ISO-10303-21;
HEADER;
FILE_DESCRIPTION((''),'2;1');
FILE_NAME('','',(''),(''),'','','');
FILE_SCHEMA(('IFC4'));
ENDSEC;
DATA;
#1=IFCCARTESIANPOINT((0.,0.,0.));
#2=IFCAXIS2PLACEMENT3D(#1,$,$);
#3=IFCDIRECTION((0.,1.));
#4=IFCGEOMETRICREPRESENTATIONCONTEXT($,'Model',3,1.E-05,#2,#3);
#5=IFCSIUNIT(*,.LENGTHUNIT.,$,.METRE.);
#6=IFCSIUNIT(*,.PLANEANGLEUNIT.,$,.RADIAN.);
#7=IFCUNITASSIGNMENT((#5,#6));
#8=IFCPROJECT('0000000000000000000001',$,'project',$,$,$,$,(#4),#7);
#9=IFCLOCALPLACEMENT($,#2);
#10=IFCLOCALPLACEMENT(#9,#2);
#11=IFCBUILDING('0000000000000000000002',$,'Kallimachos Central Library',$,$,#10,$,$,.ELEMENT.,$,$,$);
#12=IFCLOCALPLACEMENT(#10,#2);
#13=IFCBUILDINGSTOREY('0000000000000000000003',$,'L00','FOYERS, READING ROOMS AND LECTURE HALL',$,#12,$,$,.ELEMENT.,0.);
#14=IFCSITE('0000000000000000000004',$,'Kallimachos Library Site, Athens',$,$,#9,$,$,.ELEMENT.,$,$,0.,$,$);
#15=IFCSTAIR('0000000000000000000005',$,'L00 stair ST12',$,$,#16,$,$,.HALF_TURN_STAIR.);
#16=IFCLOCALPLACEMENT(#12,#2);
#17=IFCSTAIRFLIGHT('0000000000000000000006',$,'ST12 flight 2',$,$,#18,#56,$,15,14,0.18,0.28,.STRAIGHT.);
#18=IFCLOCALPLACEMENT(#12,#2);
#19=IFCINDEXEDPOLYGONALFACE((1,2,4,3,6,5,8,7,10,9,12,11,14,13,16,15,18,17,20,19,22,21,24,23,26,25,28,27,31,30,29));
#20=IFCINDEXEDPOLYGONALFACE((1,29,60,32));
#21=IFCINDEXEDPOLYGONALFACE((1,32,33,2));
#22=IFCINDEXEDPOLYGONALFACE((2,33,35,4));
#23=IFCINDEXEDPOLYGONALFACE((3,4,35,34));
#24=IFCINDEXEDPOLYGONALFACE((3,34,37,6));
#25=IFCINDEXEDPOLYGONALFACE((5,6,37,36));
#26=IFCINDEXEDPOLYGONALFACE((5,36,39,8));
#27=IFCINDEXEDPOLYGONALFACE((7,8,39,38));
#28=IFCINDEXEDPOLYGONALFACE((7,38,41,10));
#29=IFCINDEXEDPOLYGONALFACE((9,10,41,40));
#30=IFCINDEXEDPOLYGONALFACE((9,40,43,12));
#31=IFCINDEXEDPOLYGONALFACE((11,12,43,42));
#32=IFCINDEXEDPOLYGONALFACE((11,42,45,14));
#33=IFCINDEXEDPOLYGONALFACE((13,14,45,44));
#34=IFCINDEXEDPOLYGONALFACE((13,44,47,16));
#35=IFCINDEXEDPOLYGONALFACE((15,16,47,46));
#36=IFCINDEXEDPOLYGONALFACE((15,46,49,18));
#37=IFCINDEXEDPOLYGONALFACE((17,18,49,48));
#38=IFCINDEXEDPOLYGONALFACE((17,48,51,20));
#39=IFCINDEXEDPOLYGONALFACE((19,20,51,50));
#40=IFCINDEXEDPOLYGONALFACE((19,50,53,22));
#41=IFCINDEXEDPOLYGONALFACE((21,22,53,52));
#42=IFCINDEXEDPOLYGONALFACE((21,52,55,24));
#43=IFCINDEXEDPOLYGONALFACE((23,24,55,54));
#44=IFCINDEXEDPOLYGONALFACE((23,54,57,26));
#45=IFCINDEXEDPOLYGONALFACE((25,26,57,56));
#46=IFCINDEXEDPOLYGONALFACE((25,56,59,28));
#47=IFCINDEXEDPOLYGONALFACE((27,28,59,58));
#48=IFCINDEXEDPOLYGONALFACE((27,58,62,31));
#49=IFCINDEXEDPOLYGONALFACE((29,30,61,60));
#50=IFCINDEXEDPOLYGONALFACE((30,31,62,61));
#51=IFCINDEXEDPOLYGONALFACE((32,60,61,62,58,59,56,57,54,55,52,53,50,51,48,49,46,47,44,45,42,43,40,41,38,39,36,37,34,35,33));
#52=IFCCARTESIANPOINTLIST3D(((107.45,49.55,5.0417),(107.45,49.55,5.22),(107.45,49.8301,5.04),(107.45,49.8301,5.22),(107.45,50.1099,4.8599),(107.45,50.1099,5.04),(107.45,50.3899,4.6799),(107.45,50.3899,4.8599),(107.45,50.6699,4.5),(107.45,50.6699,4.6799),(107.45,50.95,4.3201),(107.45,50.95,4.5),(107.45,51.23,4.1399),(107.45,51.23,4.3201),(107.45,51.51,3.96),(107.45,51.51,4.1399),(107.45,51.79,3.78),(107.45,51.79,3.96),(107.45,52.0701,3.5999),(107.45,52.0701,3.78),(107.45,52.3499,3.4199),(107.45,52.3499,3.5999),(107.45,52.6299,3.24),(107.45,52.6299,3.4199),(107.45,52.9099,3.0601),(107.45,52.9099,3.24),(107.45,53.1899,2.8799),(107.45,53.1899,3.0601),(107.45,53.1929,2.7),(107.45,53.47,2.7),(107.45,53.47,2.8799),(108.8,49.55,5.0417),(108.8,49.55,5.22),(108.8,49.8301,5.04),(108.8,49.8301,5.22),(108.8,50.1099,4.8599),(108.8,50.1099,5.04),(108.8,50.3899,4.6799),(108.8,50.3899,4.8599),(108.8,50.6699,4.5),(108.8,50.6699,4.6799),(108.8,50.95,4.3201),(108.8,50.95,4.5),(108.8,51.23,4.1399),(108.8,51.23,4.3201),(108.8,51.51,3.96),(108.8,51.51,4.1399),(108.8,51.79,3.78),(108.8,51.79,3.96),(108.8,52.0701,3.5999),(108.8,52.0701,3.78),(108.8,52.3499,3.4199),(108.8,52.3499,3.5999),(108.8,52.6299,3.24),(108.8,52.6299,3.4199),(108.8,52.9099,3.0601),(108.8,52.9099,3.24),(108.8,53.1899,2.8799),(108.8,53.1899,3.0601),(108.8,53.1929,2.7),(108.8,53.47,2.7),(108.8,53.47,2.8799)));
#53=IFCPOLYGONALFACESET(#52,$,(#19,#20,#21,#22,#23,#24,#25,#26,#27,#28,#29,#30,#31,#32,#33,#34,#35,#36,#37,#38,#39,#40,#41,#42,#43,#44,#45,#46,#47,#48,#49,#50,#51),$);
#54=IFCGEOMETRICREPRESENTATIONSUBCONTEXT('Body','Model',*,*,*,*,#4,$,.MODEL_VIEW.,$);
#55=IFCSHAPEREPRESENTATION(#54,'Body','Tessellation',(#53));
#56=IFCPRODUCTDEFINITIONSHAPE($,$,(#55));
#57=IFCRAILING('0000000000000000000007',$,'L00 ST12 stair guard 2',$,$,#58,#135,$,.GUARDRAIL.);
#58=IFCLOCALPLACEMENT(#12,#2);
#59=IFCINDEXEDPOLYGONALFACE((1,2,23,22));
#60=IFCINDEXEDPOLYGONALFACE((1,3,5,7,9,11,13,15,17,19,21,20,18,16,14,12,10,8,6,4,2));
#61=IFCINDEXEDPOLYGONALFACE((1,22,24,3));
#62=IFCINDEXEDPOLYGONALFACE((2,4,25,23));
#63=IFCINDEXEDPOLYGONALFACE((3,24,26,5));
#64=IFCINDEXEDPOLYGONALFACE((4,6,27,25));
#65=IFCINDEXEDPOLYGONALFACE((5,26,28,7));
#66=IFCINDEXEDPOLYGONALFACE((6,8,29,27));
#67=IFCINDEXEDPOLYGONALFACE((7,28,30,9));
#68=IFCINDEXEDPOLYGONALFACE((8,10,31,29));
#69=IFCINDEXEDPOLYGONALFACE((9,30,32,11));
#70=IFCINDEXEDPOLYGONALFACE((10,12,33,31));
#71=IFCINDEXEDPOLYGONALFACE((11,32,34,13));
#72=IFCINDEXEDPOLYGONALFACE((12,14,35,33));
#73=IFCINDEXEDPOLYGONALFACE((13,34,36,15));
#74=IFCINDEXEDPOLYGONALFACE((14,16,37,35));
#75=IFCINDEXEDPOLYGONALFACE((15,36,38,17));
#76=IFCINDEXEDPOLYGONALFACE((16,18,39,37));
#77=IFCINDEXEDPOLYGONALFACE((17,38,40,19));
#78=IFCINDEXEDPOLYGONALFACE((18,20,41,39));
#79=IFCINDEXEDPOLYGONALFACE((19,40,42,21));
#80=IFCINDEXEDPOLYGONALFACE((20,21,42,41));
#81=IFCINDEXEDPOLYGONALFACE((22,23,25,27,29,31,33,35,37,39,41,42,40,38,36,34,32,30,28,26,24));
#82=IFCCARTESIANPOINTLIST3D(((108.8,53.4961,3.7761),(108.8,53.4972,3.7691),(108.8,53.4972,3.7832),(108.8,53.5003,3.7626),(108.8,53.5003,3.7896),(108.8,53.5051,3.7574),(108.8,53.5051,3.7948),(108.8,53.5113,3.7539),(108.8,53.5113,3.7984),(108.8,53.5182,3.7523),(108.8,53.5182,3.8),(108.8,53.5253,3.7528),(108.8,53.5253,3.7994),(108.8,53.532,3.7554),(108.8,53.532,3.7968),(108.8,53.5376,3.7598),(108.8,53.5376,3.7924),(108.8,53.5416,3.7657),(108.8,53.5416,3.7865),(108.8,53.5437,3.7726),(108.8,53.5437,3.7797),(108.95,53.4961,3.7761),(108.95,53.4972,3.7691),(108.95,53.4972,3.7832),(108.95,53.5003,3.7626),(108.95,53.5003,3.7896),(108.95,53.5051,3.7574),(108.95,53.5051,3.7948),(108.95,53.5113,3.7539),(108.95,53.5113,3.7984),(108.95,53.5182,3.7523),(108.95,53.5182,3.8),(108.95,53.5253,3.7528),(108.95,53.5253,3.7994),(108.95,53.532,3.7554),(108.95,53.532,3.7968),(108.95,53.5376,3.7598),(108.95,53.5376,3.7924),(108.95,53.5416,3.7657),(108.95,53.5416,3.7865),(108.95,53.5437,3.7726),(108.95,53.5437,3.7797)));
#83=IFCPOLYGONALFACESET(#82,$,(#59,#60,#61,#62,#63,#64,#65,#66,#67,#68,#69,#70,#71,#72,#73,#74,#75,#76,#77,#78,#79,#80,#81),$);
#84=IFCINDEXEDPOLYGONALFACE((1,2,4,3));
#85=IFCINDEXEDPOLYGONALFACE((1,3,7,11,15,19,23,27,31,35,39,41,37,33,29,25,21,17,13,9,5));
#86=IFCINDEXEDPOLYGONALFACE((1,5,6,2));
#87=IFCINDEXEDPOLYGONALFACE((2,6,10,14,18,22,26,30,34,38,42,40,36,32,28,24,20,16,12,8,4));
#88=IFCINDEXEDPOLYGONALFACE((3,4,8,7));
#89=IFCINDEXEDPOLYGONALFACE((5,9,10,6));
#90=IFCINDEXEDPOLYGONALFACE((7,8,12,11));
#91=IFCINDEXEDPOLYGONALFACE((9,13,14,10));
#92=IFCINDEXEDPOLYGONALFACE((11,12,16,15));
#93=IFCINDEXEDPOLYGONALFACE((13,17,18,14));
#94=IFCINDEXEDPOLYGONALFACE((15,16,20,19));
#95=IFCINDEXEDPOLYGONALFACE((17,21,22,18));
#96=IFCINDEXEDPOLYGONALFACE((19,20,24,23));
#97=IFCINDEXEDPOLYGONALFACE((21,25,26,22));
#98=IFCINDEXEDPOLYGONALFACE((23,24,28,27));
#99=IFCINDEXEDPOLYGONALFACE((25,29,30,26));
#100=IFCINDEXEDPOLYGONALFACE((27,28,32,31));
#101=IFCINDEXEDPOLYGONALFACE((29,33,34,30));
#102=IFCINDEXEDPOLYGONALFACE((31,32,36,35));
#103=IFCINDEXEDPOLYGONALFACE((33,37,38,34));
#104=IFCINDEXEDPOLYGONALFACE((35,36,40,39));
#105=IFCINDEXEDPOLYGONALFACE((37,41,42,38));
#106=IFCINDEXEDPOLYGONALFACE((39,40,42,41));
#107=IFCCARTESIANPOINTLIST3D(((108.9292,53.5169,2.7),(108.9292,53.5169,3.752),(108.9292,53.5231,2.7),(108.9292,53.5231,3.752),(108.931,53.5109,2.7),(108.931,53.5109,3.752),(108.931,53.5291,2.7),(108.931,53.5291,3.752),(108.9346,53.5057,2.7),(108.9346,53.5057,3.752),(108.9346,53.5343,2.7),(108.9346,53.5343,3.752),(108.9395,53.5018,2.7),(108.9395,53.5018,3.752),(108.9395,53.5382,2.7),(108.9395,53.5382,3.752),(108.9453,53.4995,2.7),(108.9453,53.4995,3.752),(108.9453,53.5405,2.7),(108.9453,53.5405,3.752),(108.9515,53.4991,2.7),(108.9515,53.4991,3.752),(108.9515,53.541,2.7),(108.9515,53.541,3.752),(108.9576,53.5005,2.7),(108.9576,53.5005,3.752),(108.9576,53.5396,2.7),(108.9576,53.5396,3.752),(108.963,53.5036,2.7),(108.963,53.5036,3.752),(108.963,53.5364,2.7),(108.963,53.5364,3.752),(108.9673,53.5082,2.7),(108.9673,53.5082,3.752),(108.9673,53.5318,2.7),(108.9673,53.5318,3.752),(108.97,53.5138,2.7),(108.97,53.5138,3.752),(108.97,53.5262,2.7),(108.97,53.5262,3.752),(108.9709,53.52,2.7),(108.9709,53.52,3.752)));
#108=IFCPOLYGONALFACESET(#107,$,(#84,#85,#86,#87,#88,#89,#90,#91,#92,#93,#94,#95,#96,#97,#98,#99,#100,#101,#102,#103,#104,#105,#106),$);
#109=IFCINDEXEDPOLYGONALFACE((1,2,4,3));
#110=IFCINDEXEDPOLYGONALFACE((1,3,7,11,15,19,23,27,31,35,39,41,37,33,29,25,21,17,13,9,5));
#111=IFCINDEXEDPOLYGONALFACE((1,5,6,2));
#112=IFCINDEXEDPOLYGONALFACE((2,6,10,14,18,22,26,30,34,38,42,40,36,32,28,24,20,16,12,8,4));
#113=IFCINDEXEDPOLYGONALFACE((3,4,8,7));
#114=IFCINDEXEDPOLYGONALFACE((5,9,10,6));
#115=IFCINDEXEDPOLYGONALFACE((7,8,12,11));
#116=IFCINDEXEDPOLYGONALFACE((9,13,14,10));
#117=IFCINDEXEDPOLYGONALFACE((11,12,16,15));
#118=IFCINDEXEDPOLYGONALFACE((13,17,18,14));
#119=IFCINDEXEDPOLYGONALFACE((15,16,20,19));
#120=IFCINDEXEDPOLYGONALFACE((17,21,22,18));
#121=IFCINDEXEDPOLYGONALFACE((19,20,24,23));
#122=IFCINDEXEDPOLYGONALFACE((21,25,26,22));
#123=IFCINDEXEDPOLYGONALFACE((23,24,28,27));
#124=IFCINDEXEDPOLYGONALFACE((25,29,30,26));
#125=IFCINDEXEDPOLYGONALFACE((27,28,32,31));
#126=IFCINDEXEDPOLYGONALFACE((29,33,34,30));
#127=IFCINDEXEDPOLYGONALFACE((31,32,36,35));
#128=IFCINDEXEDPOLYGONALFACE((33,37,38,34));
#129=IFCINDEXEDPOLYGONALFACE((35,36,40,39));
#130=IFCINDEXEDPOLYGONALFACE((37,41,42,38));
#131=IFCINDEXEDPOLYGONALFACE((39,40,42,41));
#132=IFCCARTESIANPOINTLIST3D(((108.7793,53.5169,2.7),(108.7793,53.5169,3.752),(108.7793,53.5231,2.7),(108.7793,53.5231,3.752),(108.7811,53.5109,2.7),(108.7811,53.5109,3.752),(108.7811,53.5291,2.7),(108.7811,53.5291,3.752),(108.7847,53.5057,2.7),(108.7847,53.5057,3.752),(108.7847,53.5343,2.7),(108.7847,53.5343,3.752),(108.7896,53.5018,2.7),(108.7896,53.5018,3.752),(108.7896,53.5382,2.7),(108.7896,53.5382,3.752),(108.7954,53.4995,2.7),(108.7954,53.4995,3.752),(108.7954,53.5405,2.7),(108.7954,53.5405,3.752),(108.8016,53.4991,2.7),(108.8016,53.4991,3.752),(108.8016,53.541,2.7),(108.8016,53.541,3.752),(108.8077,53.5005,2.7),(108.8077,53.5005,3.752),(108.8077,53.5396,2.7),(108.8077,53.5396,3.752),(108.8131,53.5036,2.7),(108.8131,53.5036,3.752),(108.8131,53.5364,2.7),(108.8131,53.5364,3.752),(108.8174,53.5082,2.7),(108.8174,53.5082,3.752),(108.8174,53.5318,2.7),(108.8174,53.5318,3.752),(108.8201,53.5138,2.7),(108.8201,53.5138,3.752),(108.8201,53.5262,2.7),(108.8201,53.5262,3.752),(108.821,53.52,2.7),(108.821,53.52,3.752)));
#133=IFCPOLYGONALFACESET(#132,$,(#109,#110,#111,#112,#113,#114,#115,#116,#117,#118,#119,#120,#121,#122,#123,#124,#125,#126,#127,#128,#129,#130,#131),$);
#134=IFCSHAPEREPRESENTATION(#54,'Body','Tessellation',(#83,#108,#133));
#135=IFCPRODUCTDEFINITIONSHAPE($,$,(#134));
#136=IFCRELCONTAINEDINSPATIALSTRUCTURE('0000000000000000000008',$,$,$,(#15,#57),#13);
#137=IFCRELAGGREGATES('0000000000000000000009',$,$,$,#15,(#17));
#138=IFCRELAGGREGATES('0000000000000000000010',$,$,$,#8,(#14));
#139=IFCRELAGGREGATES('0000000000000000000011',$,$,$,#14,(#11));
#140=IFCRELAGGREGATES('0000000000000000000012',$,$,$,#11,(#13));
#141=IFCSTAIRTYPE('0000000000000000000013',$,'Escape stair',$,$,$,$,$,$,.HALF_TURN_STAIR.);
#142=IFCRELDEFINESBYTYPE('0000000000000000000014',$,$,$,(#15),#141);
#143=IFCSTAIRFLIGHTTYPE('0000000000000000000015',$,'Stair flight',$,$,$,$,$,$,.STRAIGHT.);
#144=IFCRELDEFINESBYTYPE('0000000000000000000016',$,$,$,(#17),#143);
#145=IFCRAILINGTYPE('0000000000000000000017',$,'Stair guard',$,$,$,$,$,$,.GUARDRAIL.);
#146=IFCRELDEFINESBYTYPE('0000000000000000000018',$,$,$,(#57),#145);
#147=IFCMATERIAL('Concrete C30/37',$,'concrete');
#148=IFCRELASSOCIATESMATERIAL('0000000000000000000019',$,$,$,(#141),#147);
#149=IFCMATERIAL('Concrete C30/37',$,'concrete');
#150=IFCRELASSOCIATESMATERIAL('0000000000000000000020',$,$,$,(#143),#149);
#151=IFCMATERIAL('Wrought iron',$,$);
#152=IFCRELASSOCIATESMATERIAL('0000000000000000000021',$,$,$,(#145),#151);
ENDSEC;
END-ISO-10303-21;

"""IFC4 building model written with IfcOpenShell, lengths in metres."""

from ifc_helpers import new_model, si_unit, direction, frame, origin, origin_2d, place, context, subcontext, project, spatial, polyline, circle, outline, extrude, material, type_object, element, aggregate, save


model = new_model("IFC4")

# Units and contexts
model_context = context("Model", 3, precision=1e-05, world=origin(), true_north=direction((0.0, 1.0)))
body_context = subcontext(model_context, "Body", "Model", "MODEL_VIEW")
ifc_project = project(units=[si_unit("LENGTHUNIT", "METRE"), si_unit("PLANEANGLEUNIT", "RADIAN")], contexts=[model_context])

# Site, building, storey
site_placement = place(None, origin())
site = spatial("IfcSite", under=ifc_project, at=site_placement, Name="Kallimachos Library Site, Athens", CompositionType="ELEMENT", RefElevation=0.0)
building_placement = place(site_placement, origin())
building = spatial("IfcBuilding", under=site, at=building_placement, Name="Kallimachos Central Library", CompositionType="ELEMENT")
storey_placement = place(building_placement, origin())
storey = spatial("IfcBuildingStorey", under=building, at=storey_placement, Name="L00", Description="FOYERS, READING ROOMS AND LECTURE HALL", CompositionType="ELEMENT", Elevation=0.0)

# Stair, stair flight
ifc_material_1 = material(Name="Concrete C30/37", Category="concrete")
stair_type = type_object("IfcStairType", Name="Escape stair", PredefinedType="HALF_TURN_STAIR", material=ifc_material_1)
stair_placement = place(storey_placement, origin())
stair = element("IfcStair", 1, at=stair_placement, inside=storey, type_object=stair_type, Name="L00 stair ST12", PredefinedType="HALF_TURN_STAIR")
ifc_material_2 = material(Name="Concrete C30/37", Category="concrete")
stair_flight_type = type_object("IfcStairFlightType", Name="Stair flight", PredefinedType="STRAIGHT", material=ifc_material_2)
stair_flight_placement = place(storey_placement, frame((108.125, 53.47, 2.7), z_axis=(0.0, 0.0, 1.0), x_axis=(0.0, -1.0, 0.0)))
stair_flight = element("IfcStairFlight", 2, at=stair_flight_placement, type_object=stair_flight_type, Name="ST12 flight 2", NumberOfRisers=15, NumberOfTreads=14, PredefinedType="STRAIGHT", RiserHeight=0.18, TreadLength=0.28, context=body_context, shape_type="SweptSolid", body=[
    extrude(outline(polyline([(0.0, 0.0), (0.0, 0.1799), (0.28, 0.1799), (0.28, 0.3601), (0.5601, 0.3601), (0.5601, 0.54), (0.8401, 0.54), (0.8401, 0.72), (1.1201, 0.72), (1.1201, 0.8999), (1.3999, 0.8999), (1.3999, 1.0801), (1.6799, 1.0801), (1.6799, 1.26), (1.96, 1.26), (1.96, 1.4399), (2.24, 1.4399), (2.24, 1.6201), (2.52, 1.6201), (2.52, 1.8), (2.8, 1.8), (2.8, 1.98), (3.0801, 1.98), (3.0801, 2.1599), (3.3601, 2.1599), (3.3601, 2.3401), (3.6399, 2.3401), (3.6399, 2.52), (3.9199, 2.52), (3.9199, 2.7), (3.9199, 2.3418), (0.2771, 0.0), (0.0, 0.0)])), frame((0.0, 0.675, 0.0), z_axis=(0.0, -1.0, 0.0), x_axis=(1.0, 0.0, 0.0)), (0.0, 0.0, 1.0), 1.3501),
])
aggregate(stair, [stair_flight])

# Railing
ifc_material_3 = material(Name="Wrought iron")
railing_type_1 = type_object("IfcRailingType", Name="Stair guard", PredefinedType="GUARDRAIL", material=ifc_material_3)
railing_1_placement = place(storey_placement, frame((108.95, 53.52, 2.7)))
element("IfcRailing", 3, at=railing_1_placement, inside=storey, type_object=railing_type_1, Name="L00 ST12 stair guard 2", PredefinedType="GUARDRAIL", context=body_context, shape_type="SweptSolid", body=[
    extrude(circle(Radius=0.0239, at=origin_2d()), frame((0.0, 0.0, 1.0762), z_axis=(-1.0, 0.0, 0.0), x_axis=(0.0, -1.0, 0.0)), (0.0, 0.0, 1.0), 0.1499),
    extrude(circle(Radius=0.021, at=origin_2d()), origin(), (0.0, 0.0, 1.0), 1.052),
    extrude(circle(Radius=0.021, at=origin_2d()), frame((-0.1499, 0.0, 0.0)), (0.0, 0.0, 1.0), 1.052),
])

save(model, "model.ifc")
